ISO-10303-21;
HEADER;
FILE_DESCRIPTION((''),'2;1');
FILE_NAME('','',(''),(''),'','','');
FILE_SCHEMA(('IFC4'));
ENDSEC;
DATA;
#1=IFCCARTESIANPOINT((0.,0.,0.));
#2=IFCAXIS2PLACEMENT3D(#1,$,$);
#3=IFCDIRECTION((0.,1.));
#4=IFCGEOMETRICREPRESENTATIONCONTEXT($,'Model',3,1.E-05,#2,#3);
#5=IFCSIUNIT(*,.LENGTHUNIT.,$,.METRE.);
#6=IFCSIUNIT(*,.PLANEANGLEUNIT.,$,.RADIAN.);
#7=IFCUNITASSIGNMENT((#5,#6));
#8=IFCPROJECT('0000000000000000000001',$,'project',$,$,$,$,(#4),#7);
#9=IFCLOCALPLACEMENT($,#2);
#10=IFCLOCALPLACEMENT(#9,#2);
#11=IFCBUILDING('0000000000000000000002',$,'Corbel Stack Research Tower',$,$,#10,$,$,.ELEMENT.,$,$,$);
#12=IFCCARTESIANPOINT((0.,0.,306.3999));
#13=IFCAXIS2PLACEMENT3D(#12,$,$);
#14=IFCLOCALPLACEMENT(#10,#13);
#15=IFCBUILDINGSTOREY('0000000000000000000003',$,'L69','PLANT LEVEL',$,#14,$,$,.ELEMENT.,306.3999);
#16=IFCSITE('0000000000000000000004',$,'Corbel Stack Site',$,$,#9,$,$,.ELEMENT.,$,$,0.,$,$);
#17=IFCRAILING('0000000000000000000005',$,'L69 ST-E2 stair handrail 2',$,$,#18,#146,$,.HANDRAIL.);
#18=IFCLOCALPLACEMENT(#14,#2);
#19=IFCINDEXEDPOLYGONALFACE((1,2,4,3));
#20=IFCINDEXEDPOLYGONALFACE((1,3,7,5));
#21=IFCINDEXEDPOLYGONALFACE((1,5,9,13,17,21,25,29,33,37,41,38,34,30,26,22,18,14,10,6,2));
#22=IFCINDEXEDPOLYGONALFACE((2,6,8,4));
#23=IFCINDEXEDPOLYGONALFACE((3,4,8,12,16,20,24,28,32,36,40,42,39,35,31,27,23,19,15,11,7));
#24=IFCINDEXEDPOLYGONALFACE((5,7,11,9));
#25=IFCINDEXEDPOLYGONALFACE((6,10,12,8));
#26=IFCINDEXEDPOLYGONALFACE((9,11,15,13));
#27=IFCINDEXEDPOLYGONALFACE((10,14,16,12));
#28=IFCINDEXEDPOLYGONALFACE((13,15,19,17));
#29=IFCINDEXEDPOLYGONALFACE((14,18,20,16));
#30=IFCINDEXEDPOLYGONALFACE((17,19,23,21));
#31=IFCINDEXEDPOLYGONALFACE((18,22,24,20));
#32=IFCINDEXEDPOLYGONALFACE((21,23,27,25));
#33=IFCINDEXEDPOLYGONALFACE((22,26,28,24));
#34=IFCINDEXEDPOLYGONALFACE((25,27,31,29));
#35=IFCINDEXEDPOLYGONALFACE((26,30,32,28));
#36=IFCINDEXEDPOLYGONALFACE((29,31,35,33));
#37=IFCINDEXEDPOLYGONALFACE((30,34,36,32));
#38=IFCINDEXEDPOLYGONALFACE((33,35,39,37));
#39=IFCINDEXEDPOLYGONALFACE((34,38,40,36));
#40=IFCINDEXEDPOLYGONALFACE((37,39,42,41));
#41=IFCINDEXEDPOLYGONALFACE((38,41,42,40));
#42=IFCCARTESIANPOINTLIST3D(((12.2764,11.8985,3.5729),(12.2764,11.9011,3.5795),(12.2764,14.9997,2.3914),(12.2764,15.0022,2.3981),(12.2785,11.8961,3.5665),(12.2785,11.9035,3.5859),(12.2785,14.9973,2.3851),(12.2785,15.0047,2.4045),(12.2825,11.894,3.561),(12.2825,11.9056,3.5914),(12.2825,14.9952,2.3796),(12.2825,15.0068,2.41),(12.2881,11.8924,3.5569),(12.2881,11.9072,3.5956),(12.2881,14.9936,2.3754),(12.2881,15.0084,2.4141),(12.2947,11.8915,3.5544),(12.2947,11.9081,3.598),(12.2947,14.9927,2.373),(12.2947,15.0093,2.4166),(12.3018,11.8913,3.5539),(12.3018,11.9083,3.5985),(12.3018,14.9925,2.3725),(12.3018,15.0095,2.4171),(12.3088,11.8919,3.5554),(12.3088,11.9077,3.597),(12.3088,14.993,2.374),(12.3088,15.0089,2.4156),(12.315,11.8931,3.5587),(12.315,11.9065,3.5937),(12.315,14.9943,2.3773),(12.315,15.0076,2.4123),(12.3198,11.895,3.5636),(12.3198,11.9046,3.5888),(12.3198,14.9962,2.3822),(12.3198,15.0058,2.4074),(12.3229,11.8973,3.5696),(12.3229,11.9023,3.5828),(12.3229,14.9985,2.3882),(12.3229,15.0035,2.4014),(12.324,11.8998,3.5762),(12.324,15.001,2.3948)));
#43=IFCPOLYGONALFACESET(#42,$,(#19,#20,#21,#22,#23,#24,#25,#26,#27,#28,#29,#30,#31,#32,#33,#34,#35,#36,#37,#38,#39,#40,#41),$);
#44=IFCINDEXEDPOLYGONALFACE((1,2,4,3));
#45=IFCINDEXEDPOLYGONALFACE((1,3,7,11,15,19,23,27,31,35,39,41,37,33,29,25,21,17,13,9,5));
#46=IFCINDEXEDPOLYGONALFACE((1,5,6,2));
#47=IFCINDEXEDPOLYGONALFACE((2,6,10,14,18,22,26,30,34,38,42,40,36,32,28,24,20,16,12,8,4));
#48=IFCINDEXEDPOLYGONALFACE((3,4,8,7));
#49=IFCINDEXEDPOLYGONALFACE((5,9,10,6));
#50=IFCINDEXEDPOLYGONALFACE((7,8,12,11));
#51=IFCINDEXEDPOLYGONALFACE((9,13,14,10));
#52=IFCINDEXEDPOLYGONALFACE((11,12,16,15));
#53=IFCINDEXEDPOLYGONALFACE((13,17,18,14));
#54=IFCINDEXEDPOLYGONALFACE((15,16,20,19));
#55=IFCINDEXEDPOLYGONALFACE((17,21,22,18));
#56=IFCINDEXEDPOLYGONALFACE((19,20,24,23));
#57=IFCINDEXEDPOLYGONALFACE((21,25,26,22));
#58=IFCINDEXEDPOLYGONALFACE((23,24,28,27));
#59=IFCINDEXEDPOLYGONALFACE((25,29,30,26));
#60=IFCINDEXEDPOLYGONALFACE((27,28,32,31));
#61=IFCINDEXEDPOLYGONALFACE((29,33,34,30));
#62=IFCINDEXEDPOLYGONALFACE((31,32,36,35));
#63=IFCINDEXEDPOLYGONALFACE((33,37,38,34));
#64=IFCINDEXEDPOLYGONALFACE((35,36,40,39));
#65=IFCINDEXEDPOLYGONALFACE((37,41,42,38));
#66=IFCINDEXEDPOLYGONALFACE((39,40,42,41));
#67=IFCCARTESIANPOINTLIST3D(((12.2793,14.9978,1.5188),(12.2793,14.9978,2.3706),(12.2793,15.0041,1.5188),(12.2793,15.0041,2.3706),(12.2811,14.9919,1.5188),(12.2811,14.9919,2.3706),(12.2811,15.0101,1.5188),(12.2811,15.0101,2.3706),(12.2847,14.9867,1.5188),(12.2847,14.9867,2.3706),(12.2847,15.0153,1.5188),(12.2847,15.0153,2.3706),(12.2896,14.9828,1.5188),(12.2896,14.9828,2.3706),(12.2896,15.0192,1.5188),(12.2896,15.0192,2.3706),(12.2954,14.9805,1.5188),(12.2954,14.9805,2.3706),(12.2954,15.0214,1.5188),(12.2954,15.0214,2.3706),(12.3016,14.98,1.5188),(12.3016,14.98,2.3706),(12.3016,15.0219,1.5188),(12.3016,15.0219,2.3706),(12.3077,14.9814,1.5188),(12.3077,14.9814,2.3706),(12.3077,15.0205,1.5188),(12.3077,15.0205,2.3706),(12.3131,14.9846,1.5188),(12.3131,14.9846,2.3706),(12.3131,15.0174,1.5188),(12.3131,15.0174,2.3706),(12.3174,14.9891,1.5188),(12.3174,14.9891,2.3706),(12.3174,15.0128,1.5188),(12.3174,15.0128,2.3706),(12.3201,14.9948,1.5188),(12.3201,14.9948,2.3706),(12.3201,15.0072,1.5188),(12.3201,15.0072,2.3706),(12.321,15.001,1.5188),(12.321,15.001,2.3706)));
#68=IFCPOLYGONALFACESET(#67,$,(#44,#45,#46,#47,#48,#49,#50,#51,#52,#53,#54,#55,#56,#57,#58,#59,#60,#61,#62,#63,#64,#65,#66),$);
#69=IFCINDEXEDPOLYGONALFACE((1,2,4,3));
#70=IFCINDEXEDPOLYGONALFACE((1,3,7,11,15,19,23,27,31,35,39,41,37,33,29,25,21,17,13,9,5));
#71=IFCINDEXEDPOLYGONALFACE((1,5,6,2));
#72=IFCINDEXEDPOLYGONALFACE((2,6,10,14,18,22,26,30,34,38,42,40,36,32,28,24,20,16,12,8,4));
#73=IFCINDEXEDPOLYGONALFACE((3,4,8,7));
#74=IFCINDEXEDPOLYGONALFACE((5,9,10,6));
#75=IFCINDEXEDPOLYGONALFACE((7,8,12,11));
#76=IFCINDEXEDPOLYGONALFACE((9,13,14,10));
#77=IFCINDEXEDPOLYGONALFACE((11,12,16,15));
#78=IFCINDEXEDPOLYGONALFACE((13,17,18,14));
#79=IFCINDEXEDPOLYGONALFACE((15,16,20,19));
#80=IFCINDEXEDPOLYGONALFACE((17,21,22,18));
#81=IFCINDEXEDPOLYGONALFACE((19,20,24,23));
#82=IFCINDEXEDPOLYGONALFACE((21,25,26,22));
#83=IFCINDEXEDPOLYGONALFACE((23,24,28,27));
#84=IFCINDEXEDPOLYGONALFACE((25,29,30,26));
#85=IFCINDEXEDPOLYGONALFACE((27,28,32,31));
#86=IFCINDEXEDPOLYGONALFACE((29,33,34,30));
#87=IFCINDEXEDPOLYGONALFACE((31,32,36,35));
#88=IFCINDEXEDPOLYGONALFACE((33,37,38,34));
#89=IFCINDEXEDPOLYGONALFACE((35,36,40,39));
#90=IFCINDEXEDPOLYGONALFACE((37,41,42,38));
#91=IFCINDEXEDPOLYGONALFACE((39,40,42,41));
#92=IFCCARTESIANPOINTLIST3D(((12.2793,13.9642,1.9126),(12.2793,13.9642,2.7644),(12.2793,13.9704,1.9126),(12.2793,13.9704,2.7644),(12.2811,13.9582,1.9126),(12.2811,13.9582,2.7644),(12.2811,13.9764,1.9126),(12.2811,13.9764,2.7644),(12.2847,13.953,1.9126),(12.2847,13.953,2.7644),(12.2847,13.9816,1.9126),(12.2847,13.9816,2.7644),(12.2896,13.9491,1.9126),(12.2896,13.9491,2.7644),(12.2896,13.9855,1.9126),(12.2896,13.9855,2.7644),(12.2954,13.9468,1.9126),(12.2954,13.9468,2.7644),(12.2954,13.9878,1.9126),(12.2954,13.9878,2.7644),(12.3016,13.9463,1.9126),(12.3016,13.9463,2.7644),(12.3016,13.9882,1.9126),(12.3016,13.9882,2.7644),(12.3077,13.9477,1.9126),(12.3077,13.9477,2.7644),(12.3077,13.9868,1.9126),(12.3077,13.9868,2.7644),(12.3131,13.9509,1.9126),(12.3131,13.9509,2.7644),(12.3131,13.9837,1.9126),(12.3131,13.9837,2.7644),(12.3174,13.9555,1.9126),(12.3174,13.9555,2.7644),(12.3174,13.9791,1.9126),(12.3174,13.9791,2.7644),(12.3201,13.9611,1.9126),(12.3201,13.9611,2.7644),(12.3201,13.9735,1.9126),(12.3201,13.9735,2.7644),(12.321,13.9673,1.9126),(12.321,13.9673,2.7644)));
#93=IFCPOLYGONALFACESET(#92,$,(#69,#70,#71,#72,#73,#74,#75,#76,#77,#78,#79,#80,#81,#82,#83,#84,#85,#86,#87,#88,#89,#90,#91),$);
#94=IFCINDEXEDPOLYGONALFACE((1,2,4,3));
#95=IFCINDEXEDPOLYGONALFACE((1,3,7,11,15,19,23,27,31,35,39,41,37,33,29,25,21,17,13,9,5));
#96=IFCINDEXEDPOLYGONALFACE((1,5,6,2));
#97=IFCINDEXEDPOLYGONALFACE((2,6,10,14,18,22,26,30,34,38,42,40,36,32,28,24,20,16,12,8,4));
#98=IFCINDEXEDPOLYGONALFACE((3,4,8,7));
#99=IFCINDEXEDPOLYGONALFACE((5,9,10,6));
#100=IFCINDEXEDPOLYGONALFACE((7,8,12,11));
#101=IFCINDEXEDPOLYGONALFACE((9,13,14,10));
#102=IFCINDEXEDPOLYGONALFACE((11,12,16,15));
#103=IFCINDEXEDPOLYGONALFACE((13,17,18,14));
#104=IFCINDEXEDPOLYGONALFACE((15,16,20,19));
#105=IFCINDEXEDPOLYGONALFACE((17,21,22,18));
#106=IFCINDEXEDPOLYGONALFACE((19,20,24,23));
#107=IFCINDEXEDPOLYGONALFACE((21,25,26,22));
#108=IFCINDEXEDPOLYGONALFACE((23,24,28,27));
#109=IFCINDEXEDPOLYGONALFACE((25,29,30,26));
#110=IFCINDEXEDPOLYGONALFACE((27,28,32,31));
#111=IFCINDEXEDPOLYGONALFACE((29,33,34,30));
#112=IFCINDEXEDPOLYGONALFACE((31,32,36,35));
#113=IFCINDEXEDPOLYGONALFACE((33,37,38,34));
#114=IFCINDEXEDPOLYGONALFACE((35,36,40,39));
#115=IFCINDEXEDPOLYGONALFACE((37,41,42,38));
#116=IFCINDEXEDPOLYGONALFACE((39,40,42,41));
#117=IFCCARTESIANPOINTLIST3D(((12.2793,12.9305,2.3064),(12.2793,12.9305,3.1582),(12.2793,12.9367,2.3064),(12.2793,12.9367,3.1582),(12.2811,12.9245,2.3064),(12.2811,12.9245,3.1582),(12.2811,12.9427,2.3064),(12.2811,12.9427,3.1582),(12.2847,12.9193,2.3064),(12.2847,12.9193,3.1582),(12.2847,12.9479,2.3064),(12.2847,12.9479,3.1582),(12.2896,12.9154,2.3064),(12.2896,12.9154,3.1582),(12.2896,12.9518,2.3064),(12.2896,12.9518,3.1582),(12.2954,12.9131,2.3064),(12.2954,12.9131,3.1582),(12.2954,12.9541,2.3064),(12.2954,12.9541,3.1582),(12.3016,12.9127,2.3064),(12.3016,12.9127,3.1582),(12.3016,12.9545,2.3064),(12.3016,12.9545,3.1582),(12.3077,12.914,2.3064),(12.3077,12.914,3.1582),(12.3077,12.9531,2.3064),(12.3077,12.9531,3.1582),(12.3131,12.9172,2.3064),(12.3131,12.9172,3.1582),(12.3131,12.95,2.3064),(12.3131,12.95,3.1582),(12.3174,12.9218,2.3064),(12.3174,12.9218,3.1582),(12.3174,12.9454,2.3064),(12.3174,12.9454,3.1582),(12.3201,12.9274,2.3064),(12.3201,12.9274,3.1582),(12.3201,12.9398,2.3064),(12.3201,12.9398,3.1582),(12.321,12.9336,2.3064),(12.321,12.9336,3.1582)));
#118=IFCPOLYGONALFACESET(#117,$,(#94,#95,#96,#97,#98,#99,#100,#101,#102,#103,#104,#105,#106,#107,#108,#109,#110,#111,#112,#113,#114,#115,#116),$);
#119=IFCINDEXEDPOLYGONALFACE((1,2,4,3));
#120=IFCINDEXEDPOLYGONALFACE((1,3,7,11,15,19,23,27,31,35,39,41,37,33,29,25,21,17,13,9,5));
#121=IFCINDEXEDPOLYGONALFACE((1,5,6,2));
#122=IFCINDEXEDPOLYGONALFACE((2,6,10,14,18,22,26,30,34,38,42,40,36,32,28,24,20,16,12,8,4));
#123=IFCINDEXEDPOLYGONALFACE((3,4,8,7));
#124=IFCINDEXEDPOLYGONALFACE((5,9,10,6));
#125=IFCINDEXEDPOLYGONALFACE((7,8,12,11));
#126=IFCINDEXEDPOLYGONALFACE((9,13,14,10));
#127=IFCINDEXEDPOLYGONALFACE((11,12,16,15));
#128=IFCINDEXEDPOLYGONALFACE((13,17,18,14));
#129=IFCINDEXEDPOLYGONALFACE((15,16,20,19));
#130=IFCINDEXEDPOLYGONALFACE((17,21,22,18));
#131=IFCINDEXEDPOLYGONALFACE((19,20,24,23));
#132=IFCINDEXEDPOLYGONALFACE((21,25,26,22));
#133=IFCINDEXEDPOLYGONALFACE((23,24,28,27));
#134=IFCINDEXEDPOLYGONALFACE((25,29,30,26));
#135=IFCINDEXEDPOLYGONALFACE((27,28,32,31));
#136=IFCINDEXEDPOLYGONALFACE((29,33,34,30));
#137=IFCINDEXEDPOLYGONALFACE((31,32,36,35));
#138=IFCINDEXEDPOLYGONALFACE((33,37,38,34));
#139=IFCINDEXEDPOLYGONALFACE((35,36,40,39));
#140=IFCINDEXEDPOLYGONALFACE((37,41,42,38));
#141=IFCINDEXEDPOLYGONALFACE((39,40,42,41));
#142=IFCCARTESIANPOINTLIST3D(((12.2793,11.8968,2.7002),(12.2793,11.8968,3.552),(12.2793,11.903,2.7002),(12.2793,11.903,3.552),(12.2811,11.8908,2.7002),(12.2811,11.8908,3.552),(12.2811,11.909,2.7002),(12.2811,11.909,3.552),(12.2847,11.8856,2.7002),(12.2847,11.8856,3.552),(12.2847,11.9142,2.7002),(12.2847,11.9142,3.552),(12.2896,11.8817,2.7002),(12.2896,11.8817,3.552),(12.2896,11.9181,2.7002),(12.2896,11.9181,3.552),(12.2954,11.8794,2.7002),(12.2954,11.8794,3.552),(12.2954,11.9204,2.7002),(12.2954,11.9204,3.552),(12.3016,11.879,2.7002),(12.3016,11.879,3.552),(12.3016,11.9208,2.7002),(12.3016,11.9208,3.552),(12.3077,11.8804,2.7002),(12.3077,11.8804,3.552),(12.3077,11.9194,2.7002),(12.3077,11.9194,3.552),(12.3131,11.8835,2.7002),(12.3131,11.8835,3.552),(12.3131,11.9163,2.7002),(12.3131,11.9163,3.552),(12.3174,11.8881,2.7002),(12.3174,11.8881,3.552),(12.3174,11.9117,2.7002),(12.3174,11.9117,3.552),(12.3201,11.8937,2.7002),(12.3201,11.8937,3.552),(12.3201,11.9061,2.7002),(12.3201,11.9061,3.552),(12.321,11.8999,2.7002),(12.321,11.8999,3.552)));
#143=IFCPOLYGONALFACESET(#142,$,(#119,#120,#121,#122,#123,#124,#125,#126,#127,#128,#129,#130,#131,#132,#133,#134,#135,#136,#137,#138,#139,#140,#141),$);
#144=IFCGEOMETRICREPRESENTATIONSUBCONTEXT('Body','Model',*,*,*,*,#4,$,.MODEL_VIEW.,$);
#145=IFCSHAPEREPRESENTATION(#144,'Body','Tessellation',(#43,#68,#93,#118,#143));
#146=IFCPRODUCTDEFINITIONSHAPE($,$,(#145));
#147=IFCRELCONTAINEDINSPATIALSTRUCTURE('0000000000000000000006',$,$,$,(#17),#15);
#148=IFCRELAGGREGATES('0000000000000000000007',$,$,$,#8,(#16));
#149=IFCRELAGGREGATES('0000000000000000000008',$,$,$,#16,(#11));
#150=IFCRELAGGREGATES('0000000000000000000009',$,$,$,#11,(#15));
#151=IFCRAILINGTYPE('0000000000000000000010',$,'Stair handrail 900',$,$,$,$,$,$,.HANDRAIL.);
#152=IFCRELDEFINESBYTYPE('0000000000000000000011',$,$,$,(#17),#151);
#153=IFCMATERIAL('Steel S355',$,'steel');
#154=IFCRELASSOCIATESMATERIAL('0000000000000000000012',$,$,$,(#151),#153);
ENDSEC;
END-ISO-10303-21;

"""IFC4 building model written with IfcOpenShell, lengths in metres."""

from ifc_helpers import new_model, si_unit, direction, frame, origin, origin_2d, place, context, subcontext, project, spatial, circle, extrude, material, type_object, element, save


model = new_model("IFC4")

# Units and contexts
model_context = context("Model", 3, precision=1e-05, world=origin(), true_north=direction((0.0, 1.0)))
body_context = subcontext(model_context, "Body", "Model", "MODEL_VIEW")
ifc_project = project(units=[si_unit("LENGTHUNIT", "METRE"), si_unit("PLANEANGLEUNIT", "RADIAN")], contexts=[model_context])

# Site, building, storey
site_placement = place(None, origin())
site = spatial("IfcSite", under=ifc_project, at=site_placement, Name="Corbel Stack Site", CompositionType="ELEMENT", RefElevation=0.0)
building_placement = place(site_placement, origin())
building = spatial("IfcBuilding", under=site, at=building_placement, Name="Corbel Stack Research Tower", CompositionType="ELEMENT")
storey_placement = place(building_placement, frame((0.0, 0.0, 306.3999)))
storey = spatial("IfcBuildingStorey", under=building, at=storey_placement, Name="L69", Description="PLANT LEVEL", CompositionType="ELEMENT", Elevation=306.3999)

# Railing
ifc_material_1 = material(Name="Steel S355", Category="steel")
railing_type_1 = type_object("IfcRailingType", Name="Stair handrail 900", PredefinedType="HANDRAIL", material=ifc_material_1)
railing_1_placement = place(storey_placement, frame((12.3, 15.001, 1.5188)))
element("IfcRailing", 1, at=railing_1_placement, inside=storey, type_object=railing_type_1, Name="L69 ST-E2 stair handrail 2", PredefinedType="HANDRAIL", context=body_context, shape_type="SweptSolid", body=[
    extrude(circle(Radius=0.0239, at=origin_2d()), frame((0.0, 0.0, 0.876), z_axis=(0.0, -0.934484, 0.356005), x_axis=(1.0, 0.0, 0.0)), (0.0, 0.0, 1.0), 3.3186),
    extrude(circle(Radius=0.021, at=origin_2d()), origin(), (0.0, 0.0, 1.0), 0.8518),
    extrude(circle(Radius=0.021, at=origin_2d()), frame((0.0, -1.0337, 0.3938)), (0.0, 0.0, 1.0), 0.8518),
    extrude(circle(Radius=0.021, at=origin_2d()), frame((0.0, -2.0674, 0.7876)), (0.0, 0.0, 1.0), 0.8518),
    extrude(circle(Radius=0.021, at=origin_2d()), frame((0.0, -3.1011, 1.1814)), (0.0, 0.0, 1.0), 0.8518),
])

save(model, "model.ifc")
